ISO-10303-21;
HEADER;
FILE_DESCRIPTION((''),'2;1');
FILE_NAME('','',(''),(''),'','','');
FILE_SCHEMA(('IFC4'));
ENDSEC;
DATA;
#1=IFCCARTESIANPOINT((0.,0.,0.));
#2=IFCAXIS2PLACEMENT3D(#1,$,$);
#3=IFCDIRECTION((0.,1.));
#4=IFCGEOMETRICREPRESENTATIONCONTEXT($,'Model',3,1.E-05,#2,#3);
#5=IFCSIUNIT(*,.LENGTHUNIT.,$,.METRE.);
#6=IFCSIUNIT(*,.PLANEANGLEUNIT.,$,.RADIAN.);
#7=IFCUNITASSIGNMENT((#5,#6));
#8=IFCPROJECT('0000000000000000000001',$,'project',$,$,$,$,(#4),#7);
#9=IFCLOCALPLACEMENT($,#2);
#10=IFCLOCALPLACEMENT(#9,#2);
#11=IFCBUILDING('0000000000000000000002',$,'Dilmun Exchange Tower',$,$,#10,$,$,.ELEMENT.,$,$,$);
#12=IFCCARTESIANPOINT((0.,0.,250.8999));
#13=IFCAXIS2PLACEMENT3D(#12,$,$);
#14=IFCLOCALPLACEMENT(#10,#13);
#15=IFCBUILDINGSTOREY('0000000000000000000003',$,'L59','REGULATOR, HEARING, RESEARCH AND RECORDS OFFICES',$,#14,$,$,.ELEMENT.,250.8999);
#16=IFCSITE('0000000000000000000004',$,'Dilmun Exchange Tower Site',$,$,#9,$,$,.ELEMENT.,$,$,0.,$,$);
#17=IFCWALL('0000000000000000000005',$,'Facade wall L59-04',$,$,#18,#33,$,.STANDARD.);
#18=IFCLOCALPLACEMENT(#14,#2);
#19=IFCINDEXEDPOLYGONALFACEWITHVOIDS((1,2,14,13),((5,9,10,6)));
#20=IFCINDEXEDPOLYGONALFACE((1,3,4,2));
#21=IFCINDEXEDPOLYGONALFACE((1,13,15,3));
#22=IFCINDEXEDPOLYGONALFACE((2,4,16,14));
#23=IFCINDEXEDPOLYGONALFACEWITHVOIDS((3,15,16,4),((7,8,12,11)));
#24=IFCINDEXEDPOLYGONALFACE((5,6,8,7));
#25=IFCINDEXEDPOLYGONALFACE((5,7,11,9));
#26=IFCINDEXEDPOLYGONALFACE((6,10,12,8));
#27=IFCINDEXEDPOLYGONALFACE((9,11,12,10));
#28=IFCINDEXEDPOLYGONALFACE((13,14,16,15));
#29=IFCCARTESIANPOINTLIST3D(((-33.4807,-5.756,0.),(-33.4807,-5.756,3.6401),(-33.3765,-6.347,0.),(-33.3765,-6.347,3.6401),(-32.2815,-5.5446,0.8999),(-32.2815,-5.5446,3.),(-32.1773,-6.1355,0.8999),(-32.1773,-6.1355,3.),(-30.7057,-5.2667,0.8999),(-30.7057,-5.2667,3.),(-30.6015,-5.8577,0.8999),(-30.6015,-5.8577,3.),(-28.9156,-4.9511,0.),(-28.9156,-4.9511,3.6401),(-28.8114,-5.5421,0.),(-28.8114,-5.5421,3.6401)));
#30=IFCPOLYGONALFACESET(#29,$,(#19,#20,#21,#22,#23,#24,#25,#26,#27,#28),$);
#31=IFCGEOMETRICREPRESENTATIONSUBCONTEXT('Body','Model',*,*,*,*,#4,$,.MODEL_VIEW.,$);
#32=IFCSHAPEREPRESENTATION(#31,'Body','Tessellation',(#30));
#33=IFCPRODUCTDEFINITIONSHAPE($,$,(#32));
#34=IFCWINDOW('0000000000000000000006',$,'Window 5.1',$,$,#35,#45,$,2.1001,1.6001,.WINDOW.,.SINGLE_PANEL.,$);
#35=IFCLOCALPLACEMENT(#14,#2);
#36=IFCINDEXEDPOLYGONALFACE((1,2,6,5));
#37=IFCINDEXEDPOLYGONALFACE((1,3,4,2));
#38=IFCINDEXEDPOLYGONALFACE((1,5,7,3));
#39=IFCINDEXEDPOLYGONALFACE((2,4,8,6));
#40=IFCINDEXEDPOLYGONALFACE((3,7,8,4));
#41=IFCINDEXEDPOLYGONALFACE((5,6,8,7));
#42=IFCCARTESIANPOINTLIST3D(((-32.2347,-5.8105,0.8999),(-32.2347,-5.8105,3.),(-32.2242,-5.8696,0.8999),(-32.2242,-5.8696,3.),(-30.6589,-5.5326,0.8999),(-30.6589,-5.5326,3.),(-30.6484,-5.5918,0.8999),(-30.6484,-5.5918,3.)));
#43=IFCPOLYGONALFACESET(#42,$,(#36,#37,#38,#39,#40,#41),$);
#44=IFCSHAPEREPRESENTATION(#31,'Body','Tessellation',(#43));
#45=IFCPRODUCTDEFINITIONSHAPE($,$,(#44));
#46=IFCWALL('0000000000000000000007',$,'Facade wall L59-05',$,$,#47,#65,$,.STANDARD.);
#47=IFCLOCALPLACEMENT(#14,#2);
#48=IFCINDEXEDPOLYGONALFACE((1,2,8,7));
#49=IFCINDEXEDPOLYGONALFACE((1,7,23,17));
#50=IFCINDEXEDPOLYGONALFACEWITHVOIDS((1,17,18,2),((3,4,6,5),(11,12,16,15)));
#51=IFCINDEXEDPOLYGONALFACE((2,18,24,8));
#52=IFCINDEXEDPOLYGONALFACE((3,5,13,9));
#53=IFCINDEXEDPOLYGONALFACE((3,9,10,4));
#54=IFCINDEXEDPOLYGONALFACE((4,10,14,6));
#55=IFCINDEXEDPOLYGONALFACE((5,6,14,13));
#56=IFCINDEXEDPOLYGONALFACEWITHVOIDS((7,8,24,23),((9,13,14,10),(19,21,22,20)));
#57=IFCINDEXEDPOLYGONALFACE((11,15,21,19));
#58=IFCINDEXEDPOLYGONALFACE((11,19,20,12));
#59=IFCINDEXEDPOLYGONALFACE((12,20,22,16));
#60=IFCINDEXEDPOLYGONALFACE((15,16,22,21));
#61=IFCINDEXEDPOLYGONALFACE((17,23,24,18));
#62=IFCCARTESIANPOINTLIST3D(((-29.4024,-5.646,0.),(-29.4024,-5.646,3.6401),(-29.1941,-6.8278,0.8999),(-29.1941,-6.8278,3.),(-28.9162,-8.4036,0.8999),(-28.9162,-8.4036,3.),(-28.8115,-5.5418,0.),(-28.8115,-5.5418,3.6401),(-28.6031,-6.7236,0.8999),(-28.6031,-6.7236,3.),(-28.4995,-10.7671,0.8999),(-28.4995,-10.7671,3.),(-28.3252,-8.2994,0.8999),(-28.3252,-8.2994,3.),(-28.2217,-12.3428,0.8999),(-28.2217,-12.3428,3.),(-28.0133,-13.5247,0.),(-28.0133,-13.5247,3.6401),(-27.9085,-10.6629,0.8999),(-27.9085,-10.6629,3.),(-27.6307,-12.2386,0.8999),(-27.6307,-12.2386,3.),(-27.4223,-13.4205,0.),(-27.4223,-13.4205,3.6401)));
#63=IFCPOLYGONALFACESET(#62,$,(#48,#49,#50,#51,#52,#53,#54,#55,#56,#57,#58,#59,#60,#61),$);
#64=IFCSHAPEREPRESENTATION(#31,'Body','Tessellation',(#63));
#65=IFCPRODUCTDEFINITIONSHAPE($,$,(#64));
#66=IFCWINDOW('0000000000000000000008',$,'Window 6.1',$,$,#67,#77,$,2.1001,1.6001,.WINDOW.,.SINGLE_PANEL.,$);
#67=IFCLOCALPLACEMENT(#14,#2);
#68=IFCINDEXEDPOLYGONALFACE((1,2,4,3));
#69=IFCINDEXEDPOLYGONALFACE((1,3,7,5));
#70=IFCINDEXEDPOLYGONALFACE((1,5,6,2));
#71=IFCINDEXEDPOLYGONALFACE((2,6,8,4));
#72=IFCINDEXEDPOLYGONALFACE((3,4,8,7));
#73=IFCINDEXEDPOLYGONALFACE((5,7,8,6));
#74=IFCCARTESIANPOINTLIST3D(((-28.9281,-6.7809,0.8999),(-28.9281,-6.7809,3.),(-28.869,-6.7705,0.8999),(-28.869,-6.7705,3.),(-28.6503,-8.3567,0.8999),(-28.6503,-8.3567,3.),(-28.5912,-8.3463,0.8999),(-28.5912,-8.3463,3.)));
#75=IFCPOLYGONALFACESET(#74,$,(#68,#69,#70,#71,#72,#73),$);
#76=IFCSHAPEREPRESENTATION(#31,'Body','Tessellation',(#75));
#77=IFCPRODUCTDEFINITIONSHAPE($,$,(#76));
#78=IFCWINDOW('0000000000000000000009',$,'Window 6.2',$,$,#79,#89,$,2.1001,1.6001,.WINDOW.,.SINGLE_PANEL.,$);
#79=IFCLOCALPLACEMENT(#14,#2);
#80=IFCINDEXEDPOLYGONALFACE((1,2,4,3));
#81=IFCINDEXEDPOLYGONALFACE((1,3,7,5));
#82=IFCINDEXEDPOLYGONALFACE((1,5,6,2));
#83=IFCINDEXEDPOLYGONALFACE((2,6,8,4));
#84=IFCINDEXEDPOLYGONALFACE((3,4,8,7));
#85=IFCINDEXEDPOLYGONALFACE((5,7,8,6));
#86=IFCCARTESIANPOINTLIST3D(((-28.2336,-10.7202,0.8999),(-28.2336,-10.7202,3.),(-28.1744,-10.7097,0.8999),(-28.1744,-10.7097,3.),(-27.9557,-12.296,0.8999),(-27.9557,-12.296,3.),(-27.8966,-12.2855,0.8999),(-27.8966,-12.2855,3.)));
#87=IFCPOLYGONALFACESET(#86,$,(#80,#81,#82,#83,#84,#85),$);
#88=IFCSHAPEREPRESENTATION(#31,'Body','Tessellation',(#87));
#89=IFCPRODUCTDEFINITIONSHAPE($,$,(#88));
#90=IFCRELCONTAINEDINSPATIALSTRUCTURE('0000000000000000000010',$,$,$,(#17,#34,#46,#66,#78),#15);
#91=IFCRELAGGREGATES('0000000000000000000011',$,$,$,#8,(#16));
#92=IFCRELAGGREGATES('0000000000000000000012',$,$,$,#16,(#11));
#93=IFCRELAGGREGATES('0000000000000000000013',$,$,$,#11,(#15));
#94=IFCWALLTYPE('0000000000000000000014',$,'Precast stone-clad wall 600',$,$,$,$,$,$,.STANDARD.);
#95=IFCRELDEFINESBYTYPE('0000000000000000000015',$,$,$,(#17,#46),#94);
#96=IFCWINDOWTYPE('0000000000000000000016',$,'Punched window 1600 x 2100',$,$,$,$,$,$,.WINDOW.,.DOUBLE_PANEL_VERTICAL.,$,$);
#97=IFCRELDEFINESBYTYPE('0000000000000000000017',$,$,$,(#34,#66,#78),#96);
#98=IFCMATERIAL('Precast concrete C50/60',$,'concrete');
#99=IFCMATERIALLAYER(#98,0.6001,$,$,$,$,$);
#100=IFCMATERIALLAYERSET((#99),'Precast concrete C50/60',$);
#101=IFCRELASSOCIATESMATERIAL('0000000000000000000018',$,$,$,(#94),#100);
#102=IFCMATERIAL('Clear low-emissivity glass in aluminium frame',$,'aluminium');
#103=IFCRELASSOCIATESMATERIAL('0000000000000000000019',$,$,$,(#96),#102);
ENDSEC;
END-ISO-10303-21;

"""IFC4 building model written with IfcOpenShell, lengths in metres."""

from ifc_helpers import new_model, si_unit, direction, frame, frame_2d, origin, place, context, subcontext, project, spatial, rectangle, extrude, material, layer, layer_set, type_object, element, fill, save


model = new_model("IFC4")

# Units and contexts
model_context = context("Model", 3, precision=1e-05, world=origin(), true_north=direction((0.0, 1.0)))
body_context = subcontext(model_context, "Body", "Model", "MODEL_VIEW")
ifc_project = project(units=[si_unit("LENGTHUNIT", "METRE"), si_unit("PLANEANGLEUNIT", "RADIAN")], contexts=[model_context])

# Site, building, storey
site_placement = place(None, origin())
site = spatial("IfcSite", under=ifc_project, at=site_placement, Name="Dilmun Exchange Tower Site", CompositionType="ELEMENT", RefElevation=0.0)
building_placement = place(site_placement, origin())
building = spatial("IfcBuilding", under=site, at=building_placement, Name="Dilmun Exchange Tower", CompositionType="ELEMENT")
storey_placement = place(building_placement, frame((0.0, 0.0, 250.8999)))
storey = spatial("IfcBuildingStorey", under=building, at=storey_placement, Name="L59", Description="REGULATOR, HEARING, RESEARCH AND RECORDS OFFICES", CompositionType="ELEMENT", Elevation=250.8999)

# Wall, opening, window
ifc_material_1 = material(Name="Precast concrete C50/60", Category="concrete")
ifc_layer_1 = layer(ifc_material_1, 0.6001)
ifc_layer_set_1 = layer_set([ifc_layer_1], Name="Precast concrete C50/60")
wall_type_1 = type_object("IfcWallType", Name="Precast stone-clad wall 600", PredefinedType="STANDARD", material=ifc_layer_set_1)
wall_1_placement = place(storey_placement, frame((-33.4287, -6.0515, 0.0), z_axis=(0.0, 0.0, 1.0), x_axis=(0.984809, 0.173641, 0.0)))
wall_1 = element("IfcWall", 1, at=wall_1_placement, inside=storey, type_object=wall_type_1, Name="Facade wall L59-04", PredefinedType="STANDARD", context=body_context, shape_type="SweptSolid", body=[
    extrude(rectangle(XDim=4.6355, YDim=0.6001, at=frame_2d((2.3179, 0.0))), origin(), (0.0, 0.0, 1.0), 3.6401),
])
opening_1_placement = place(wall_1_placement, frame((1.2178, 0.0, 0.8999)))
opening_1 = element("IfcOpeningElement", 2, at=opening_1_placement, cuts=wall_1, PredefinedType="OPENING", context=body_context, shape_type="SweptSolid", body=[
    extrude(rectangle(XDim=1.6001, YDim=2.1001, at=frame_2d((0.8, 1.05))), frame((0.0, 0.3101, 0.0), z_axis=(0.0, -1.0, 0.0), x_axis=(1.0, 0.0, 0.0)), (0.0, 0.0, 1.0), 0.6201),
])
ifc_material_2 = material(Name="Clear low-emissivity glass in aluminium frame", Category="aluminium")
window_type = type_object("IfcWindowType", Name="Punched window 1600 x 2100", PartitioningType="DOUBLE_PANEL_VERTICAL", PredefinedType="WINDOW", material=ifc_material_2)
window_1_placement = place(opening_1_placement, origin())
window_1 = element("IfcWindow", 3, at=window_1_placement, inside=storey, type_object=window_type, Name="Window 5.1", OverallHeight=2.1001, OverallWidth=1.6001, PartitioningType="SINGLE_PANEL", PredefinedType="WINDOW", context=body_context, shape_type="SweptSolid", body=[
    extrude(rectangle(XDim=1.6001, YDim=2.1001, at=frame_2d((0.8, 1.05))), frame((0.0, 0.03, 0.0), z_axis=(0.0, -1.0, 0.0), x_axis=(1.0, 0.0, 0.0)), (0.0, 0.0, 1.0), 0.0601),
])
fill(opening_1, window_1)

# Wall, openings, windows
wall_2_placement = place(storey_placement, frame((-29.1069, -5.594, 0.0), z_axis=(0.0, 0.0, 1.0), x_axis=(0.173641, -0.984809, 0.0)))
wall_2 = element("IfcWall", 4, at=wall_2_placement, inside=storey, type_object=wall_type_1, Name="Facade wall L59-05", PredefinedType="STANDARD", context=body_context, shape_type="SweptSolid", body=[
    extrude(rectangle(XDim=8.0002, YDim=0.6001, at=frame_2d((4.0, 0.0))), origin(), (0.0, 0.0, 1.0), 3.6401),
])
opening_2_placement = place(wall_2_placement, frame((1.2, 0.0, 0.8999)))
opening_2 = element("IfcOpeningElement", 5, at=opening_2_placement, cuts=wall_2, PredefinedType="OPENING", context=body_context, shape_type="SweptSolid", body=[
    extrude(rectangle(XDim=1.6001, YDim=2.1001, at=frame_2d((0.8, 1.05))), frame((0.0, 0.3101, 0.0), z_axis=(0.0, -1.0, 0.0), x_axis=(1.0, 0.0, 0.0)), (0.0, 0.0, 1.0), 0.6201),
])
opening_3_placement = place(wall_2_placement, frame((5.2, 0.0, 0.8999)))
opening_3 = element("IfcOpeningElement", 6, at=opening_3_placement, cuts=wall_2, PredefinedType="OPENING", context=body_context, shape_type="SweptSolid", body=[
    extrude(rectangle(XDim=1.6001, YDim=2.1001, at=frame_2d((0.8, 1.05))), frame((0.0, 0.3101, 0.0), z_axis=(0.0, -1.0, 0.0), x_axis=(1.0, 0.0, 0.0)), (0.0, 0.0, 1.0), 0.6201),
])
window_2_placement = place(opening_2_placement, origin())
window_2 = element("IfcWindow", 7, at=window_2_placement, inside=storey, type_object=window_type, Name="Window 6.1", OverallHeight=2.1001, OverallWidth=1.6001, PartitioningType="SINGLE_PANEL", PredefinedType="WINDOW", context=body_context, shape_type="SweptSolid", body=[
    extrude(rectangle(XDim=1.6001, YDim=2.1001, at=frame_2d((0.8, 1.05))), frame((0.0, 0.03, 0.0), z_axis=(0.0, -1.0, 0.0), x_axis=(1.0, 0.0, 0.0)), (0.0, 0.0, 1.0), 0.0601),
])
fill(opening_2, window_2)
window_3_placement = place(opening_3_placement, origin())
window_3 = element("IfcWindow", 8, at=window_3_placement, inside=storey, type_object=window_type, Name="Window 6.2", OverallHeight=2.1001, OverallWidth=1.6001, PartitioningType="SINGLE_PANEL", PredefinedType="WINDOW", context=body_context, shape_type="SweptSolid", body=[
    extrude(rectangle(XDim=1.6001, YDim=2.1001, at=frame_2d((0.8, 1.05))), frame((0.0, 0.03, 0.0), z_axis=(0.0, -1.0, 0.0), x_axis=(1.0, 0.0, 0.0)), (0.0, 0.0, 1.0), 0.0601),
])
fill(opening_3, window_3)

save(model, "model.ifc")
